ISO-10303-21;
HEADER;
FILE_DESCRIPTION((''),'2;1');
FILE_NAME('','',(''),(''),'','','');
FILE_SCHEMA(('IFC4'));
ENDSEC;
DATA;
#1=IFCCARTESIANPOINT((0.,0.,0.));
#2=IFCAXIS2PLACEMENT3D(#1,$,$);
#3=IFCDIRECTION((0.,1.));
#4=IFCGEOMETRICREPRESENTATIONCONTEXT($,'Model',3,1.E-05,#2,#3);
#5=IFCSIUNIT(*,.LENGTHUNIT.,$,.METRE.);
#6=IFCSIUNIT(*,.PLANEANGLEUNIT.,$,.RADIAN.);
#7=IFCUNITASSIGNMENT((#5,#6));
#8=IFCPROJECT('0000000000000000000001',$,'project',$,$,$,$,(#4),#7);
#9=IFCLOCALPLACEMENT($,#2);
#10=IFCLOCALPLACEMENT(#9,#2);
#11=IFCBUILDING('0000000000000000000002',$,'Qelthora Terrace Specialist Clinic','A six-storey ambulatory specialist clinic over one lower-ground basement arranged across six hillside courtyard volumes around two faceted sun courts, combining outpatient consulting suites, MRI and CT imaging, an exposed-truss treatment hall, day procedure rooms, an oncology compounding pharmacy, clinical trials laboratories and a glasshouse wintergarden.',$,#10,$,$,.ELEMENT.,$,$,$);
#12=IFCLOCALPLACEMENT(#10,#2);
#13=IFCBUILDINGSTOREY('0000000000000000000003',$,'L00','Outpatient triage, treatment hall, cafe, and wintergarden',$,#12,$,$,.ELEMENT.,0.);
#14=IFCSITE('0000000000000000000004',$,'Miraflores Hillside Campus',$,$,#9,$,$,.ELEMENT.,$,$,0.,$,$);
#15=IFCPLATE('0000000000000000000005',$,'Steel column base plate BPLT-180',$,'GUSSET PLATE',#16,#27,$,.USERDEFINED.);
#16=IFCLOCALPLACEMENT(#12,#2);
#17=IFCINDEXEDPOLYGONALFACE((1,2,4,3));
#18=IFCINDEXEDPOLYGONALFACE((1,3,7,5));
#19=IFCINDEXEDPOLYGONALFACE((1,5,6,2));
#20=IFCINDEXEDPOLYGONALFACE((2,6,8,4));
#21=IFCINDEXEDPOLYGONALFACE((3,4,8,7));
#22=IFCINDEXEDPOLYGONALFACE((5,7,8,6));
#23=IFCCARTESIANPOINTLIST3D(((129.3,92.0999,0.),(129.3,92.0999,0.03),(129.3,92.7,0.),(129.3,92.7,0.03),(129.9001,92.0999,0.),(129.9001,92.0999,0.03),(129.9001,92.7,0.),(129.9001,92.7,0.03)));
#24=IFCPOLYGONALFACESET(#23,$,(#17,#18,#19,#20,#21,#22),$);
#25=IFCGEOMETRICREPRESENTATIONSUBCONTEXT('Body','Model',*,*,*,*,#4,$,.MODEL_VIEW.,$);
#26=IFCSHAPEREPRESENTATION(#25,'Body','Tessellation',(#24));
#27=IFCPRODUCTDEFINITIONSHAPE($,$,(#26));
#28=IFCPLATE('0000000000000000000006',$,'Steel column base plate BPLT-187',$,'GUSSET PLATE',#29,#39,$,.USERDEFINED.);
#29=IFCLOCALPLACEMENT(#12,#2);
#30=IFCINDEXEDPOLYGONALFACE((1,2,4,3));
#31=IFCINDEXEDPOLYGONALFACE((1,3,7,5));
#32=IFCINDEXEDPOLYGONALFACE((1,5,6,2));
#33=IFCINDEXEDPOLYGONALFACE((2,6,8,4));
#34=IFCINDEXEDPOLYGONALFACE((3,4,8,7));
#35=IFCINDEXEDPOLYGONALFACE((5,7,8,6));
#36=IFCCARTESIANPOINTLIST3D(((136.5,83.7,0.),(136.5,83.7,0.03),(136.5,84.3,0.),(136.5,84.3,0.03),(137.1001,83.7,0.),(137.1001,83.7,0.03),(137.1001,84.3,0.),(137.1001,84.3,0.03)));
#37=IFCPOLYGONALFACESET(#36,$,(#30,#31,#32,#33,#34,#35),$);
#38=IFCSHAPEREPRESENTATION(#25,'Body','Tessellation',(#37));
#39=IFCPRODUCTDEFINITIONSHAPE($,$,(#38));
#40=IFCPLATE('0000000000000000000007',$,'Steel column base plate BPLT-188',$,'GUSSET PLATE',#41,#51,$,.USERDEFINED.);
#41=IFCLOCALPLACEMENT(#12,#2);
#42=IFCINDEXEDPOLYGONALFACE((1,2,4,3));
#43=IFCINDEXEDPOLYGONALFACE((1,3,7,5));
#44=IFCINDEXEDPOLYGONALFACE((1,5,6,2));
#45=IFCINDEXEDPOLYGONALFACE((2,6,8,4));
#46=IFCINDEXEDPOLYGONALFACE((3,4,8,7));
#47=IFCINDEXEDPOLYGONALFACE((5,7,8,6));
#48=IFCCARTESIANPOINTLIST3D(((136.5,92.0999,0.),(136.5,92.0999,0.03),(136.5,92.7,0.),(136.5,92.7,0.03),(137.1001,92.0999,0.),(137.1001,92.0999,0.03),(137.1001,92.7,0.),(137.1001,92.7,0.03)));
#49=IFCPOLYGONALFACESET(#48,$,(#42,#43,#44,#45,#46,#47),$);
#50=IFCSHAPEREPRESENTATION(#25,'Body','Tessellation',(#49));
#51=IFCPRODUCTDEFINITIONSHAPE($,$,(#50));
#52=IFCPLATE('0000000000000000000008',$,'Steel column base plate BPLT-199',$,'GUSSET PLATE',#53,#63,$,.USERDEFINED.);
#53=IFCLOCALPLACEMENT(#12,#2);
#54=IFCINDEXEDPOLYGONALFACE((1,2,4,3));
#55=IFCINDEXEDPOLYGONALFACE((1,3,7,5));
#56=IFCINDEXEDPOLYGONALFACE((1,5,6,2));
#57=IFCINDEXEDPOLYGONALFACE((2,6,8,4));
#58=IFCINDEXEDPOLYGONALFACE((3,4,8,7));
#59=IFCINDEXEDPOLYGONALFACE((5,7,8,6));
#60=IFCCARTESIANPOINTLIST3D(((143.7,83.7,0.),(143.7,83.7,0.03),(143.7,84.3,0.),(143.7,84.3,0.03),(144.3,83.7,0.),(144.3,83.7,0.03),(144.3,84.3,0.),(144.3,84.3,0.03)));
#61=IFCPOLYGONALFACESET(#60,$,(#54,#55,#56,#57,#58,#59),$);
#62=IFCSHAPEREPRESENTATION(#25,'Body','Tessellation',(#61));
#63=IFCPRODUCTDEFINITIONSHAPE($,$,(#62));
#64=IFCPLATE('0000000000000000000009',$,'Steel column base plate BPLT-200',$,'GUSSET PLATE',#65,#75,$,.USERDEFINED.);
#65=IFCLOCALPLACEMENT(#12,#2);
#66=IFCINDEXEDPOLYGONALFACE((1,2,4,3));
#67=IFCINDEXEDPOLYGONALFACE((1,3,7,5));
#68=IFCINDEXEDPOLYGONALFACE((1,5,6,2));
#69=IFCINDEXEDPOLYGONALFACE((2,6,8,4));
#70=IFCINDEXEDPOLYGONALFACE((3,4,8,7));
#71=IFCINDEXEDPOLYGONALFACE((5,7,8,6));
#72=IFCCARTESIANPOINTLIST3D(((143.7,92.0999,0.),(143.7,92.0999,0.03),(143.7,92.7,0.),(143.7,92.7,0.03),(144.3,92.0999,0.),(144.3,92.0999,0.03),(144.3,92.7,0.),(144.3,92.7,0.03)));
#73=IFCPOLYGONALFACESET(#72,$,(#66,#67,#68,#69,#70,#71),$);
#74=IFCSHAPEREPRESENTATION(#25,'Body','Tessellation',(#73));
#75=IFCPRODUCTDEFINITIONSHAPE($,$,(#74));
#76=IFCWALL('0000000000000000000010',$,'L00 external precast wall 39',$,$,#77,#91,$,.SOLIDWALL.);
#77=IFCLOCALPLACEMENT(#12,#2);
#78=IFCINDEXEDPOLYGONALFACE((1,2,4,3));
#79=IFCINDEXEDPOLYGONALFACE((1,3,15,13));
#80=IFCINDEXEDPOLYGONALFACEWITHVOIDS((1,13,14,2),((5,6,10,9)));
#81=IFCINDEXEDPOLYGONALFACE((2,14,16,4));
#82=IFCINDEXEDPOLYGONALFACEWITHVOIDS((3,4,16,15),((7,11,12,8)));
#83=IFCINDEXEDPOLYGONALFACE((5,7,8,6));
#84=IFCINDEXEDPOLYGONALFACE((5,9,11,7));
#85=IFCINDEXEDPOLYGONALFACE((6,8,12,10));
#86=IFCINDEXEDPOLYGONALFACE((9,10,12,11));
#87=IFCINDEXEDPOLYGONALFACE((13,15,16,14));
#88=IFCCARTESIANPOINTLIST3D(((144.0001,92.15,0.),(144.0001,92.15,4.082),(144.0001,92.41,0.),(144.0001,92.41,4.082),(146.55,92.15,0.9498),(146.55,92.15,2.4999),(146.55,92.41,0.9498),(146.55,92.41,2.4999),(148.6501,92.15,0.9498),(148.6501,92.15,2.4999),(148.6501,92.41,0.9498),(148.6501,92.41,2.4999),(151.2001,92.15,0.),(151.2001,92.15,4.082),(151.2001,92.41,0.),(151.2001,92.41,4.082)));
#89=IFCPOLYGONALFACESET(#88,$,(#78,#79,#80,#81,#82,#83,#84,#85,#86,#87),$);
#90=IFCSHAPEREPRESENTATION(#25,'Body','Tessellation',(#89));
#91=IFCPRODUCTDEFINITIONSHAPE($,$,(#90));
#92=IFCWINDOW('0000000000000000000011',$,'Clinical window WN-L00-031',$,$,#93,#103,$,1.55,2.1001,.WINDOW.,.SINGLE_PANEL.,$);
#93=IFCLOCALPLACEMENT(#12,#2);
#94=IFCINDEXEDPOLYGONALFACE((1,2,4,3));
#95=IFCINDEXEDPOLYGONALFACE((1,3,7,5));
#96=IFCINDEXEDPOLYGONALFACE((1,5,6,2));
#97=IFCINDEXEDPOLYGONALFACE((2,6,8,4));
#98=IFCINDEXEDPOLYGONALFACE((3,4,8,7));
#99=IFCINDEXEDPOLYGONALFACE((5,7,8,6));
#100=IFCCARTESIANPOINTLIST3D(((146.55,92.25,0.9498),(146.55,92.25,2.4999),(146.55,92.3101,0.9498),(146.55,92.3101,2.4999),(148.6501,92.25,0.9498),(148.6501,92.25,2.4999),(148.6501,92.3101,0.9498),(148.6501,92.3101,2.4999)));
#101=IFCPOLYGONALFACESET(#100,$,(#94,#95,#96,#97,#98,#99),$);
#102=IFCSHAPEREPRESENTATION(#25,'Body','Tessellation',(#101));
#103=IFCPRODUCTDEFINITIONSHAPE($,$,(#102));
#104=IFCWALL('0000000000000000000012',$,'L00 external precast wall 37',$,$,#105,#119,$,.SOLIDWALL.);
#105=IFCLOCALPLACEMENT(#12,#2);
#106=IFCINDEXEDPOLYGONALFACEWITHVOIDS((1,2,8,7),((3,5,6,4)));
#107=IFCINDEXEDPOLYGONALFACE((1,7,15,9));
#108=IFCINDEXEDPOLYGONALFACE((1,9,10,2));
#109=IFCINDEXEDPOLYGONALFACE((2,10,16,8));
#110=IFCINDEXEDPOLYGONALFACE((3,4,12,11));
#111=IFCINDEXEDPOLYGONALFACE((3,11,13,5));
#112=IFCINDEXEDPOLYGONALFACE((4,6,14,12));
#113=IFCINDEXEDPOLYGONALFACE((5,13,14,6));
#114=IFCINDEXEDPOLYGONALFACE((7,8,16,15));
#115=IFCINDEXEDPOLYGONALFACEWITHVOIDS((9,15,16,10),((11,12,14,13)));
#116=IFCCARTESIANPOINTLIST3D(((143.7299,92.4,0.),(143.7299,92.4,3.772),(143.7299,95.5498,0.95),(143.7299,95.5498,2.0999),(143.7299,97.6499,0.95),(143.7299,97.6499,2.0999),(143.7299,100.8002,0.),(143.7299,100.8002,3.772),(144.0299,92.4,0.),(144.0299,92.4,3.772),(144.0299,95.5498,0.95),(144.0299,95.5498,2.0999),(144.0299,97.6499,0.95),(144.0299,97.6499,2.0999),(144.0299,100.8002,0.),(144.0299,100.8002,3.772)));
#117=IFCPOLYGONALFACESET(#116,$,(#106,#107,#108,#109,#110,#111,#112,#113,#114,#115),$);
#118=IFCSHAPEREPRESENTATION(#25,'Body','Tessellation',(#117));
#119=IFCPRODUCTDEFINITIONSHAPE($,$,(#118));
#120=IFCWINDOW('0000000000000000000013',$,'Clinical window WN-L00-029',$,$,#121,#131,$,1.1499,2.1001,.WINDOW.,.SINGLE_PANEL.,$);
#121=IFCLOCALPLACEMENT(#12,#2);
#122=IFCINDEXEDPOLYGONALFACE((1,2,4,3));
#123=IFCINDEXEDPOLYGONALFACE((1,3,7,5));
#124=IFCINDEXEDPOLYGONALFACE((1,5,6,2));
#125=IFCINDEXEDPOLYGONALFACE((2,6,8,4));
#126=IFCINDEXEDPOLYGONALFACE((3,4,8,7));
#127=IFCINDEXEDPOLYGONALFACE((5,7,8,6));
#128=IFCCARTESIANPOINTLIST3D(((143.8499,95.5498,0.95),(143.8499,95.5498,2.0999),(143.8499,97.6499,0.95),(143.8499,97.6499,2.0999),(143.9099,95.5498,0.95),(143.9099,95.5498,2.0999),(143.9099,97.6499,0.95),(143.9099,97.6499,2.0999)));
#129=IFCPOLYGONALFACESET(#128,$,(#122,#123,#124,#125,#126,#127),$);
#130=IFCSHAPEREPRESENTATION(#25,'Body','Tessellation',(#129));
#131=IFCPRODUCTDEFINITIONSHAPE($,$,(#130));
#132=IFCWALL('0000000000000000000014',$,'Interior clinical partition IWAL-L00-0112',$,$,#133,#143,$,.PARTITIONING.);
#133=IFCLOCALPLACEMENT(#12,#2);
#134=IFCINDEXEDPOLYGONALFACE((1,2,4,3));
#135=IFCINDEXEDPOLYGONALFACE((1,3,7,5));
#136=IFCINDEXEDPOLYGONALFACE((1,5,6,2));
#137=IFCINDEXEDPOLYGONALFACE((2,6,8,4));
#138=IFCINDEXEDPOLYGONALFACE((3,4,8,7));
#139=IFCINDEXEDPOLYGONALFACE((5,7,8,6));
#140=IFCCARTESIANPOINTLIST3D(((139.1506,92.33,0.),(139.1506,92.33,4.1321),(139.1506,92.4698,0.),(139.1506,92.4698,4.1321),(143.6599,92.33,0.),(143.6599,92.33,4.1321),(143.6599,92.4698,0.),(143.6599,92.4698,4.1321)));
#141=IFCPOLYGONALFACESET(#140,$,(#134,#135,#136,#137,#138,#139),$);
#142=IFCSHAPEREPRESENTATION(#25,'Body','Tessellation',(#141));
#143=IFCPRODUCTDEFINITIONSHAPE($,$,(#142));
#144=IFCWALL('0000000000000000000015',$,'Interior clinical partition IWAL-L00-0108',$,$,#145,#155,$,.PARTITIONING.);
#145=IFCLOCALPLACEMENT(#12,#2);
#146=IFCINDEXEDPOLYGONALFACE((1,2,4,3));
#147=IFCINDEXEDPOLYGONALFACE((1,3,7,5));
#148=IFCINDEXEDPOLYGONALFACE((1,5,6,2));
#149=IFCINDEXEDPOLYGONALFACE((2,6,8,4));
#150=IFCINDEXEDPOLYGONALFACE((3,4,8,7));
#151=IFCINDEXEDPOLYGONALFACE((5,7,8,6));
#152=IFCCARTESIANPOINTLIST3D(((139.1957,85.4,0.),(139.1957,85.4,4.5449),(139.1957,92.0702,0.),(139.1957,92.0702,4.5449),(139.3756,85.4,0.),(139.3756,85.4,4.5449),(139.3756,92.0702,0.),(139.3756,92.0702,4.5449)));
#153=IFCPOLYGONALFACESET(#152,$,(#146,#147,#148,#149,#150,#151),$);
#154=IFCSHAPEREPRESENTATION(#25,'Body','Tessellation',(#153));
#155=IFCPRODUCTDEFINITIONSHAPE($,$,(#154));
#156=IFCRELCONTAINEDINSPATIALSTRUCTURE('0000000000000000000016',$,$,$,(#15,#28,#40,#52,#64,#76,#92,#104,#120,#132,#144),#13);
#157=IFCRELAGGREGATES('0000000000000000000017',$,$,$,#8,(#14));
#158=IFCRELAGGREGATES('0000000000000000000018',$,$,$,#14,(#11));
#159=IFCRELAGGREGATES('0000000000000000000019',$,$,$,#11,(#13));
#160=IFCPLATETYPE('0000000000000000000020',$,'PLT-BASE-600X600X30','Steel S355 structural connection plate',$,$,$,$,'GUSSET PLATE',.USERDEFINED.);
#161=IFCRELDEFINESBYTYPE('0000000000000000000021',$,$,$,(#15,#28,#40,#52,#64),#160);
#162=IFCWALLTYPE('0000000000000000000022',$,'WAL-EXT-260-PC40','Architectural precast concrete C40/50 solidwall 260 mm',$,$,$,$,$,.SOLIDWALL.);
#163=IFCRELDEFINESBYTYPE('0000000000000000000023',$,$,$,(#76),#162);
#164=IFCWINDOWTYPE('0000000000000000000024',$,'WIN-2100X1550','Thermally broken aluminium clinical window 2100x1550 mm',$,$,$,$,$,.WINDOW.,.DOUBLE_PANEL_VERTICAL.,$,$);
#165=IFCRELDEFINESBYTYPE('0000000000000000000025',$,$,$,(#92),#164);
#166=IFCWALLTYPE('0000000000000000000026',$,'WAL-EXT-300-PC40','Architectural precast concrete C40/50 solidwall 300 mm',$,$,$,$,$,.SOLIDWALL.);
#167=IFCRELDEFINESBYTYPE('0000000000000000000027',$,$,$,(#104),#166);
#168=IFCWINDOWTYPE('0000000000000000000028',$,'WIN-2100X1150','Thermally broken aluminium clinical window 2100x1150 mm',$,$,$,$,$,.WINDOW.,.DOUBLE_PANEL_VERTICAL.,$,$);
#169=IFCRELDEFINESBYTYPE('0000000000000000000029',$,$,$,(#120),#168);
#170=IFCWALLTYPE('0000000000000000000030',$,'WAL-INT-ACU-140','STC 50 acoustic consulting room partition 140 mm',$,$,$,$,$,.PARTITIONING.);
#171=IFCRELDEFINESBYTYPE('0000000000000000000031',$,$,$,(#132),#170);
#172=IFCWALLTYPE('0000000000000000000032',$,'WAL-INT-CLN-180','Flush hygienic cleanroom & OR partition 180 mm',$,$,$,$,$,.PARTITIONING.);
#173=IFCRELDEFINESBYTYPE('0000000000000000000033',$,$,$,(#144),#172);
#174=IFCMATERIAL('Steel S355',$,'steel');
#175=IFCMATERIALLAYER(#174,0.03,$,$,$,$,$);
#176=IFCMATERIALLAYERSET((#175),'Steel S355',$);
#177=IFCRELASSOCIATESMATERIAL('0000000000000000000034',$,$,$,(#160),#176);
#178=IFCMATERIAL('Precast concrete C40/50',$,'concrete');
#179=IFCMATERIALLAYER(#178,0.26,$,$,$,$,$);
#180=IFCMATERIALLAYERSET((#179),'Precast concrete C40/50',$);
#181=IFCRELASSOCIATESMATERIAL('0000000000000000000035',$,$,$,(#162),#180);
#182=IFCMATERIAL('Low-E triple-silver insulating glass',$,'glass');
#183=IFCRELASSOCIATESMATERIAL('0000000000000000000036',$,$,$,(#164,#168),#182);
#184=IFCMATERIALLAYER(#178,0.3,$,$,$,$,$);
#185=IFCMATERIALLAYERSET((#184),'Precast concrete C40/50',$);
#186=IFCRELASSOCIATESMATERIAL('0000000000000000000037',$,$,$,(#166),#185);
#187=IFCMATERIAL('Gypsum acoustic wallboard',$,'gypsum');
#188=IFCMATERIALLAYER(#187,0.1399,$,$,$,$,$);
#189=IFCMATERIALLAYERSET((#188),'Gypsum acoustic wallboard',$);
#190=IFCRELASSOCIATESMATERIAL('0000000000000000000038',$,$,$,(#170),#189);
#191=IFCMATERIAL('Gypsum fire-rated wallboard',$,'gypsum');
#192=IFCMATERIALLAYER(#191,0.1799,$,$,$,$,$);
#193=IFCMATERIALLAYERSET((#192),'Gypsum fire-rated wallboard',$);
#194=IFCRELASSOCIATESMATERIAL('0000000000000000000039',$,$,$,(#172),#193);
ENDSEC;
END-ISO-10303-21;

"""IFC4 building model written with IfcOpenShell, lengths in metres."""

from ifc_helpers import new_model, si_unit, direction, frame, frame_2d, origin, origin_2d, place, context, subcontext, project, spatial, rectangle, extrude, material, layer, layer_set, type_object, element, fill, save


model = new_model("IFC4")

# Units and contexts
model_context = context("Model", 3, precision=1e-05, world=origin(), true_north=direction((0.0, 1.0)))
body_context = subcontext(model_context, "Body", "Model", "MODEL_VIEW")
ifc_project = project(units=[si_unit("LENGTHUNIT", "METRE"), si_unit("PLANEANGLEUNIT", "RADIAN")], contexts=[model_context])

# Site, building, storey
site_placement = place(None, origin())
site = spatial("IfcSite", under=ifc_project, at=site_placement, Name="Miraflores Hillside Campus", CompositionType="ELEMENT", RefElevation=0.0)
building_placement = place(site_placement, origin())
building = spatial("IfcBuilding", under=site, at=building_placement, Name="Qelthora Terrace Specialist Clinic", Description="A six-storey ambulatory specialist clinic over one lower-ground basement arranged across six hillside courtyard volumes around two faceted sun courts, combining outpatient consulting suites, MRI and CT imaging, an exposed-truss treatment hall, day procedure rooms, an oncology compounding pharmacy, clinical trials laboratories and a glasshouse wintergarden.", CompositionType="ELEMENT")
storey_placement = place(building_placement, origin())
storey = spatial("IfcBuildingStorey", under=building, at=storey_placement, Name="L00", Description="Outpatient triage, treatment hall, cafe, and wintergarden", CompositionType="ELEMENT", Elevation=0.0)

# Shared definitions
ifc_material_1 = material(Name="Steel S355", Category="steel")

# Plates
ifc_layer_1 = layer(ifc_material_1, 0.03)
ifc_layer_set_1 = layer_set([ifc_layer_1], Name="Steel S355")
plate_type = type_object("IfcPlateType", Name="PLT-BASE-600X600X30", Description="Steel S355 structural connection plate", ElementType="GUSSET PLATE", PredefinedType="USERDEFINED", material=ifc_layer_set_1)
for number, where, z_axis, x_axis, name in (
    (1, (129.6001, 92.3999, 0.0), (0.0, 0.0, 1.0), (1.0, 0.0, 0.0), "Steel column base plate BPLT-180"),
    (2, (136.8, 84.0, 0.0), (0.0, 0.0, 1.0), (1.0, 0.0, 0.0), "Steel column base plate BPLT-187"),
    (3, (136.8, 92.3999, 0.0), (0.0, 0.0, 1.0), (1.0, 0.0, 0.0), "Steel column base plate BPLT-188"),
    (4, (144.0, 84.0, 0.0), (0.0, 0.0, 1.0), (1.0, 0.0, 0.0), "Steel column base plate BPLT-199"),
    (5, (144.0, 92.3999, 0.0), (0.0, 0.0, 1.0), (1.0, 0.0, 0.0), "Steel column base plate BPLT-200"),
):
    element("IfcPlate", number, at=place(storey_placement, frame(where, z_axis=z_axis, x_axis=x_axis)), inside=storey, type_object=plate_type, Name=name, ObjectType="GUSSET PLATE", PredefinedType="USERDEFINED", context=body_context, shape_type="SweptSolid", body=[
        extrude(rectangle(XDim=0.6001, YDim=0.6001, at=origin_2d()), origin(), (0.0, 0.0, 1.0), 0.03),
    ])

# Walls, openings, windows
ifc_material_2 = material(Name="Precast concrete C40/50", Category="concrete")
ifc_layer_2 = layer(ifc_material_2, 0.26)
ifc_layer_set_2 = layer_set([ifc_layer_2], Name="Precast concrete C40/50")
wall_type_1 = type_object("IfcWallType", Name="WAL-EXT-260-PC40", Description="Architectural precast concrete C40/50 solidwall 260 mm", PredefinedType="SOLIDWALL", material=ifc_layer_set_2)
wall_1_placement = place(storey_placement, frame((144.0, 92.28, 0.0), z_axis=(0.0, 0.0, 1.0), x_axis=(1.0, 0.0, 0.0)))
wall_1 = element("IfcWall", 6, at=wall_1_placement, inside=storey, type_object=wall_type_1, Name="L00 external precast wall 39", PredefinedType="SOLIDWALL", context=body_context, shape_type="SweptSolid", body=[
    extrude(rectangle(XDim=7.2, YDim=0.26, at=frame_2d((3.6001, 0.0))), origin(), (0.0, 0.0, 1.0), 4.082),
])
opening_1_placement = place(wall_1_placement, frame((2.55, 0.0, 0.95)))
opening_1 = element("IfcOpeningElement", 7, at=opening_1_placement, cuts=wall_1, PredefinedType="OPENING", context=body_context, shape_type="SweptSolid", body=[
    extrude(rectangle(XDim=2.1001, YDim=1.55, at=frame_2d((1.05, 0.7749))), frame((0.0, 0.1399, 0.0), z_axis=(0.0, -1.0, 0.0), x_axis=(1.0, 0.0, 0.0)), (0.0, 0.0, 1.0), 0.28),
])
ifc_material_3 = material(Name="Low-E triple-silver insulating glass", Category="glass")
window_type_1 = type_object("IfcWindowType", Name="WIN-2100X1550", Description="Thermally broken aluminium clinical window 2100x1550 mm", PartitioningType="DOUBLE_PANEL_VERTICAL", PredefinedType="WINDOW", material=ifc_material_3)
window_1_placement = place(opening_1_placement, origin())
window_1 = element("IfcWindow", 8, at=window_1_placement, inside=storey, type_object=window_type_1, Name="Clinical window WN-L00-031", OverallHeight=1.55, OverallWidth=2.1001, PartitioningType="SINGLE_PANEL", PredefinedType="WINDOW", context=body_context, shape_type="SweptSolid", body=[
    extrude(rectangle(XDim=2.1001, YDim=1.55, at=frame_2d((1.05, 0.7749))), frame((0.0, 0.03, 0.0), z_axis=(0.0, -1.0, 0.0), x_axis=(1.0, 0.0, 0.0)), (0.0, 0.0, 1.0), 0.0601),
])
fill(opening_1, window_1)
ifc_layer_3 = layer(ifc_material_2, 0.3)
ifc_layer_set_3 = layer_set([ifc_layer_3], Name="Precast concrete C40/50")
wall_type_2 = type_object("IfcWallType", Name="WAL-EXT-300-PC40", Description="Architectural precast concrete C40/50 solidwall 300 mm", PredefinedType="SOLIDWALL", material=ifc_layer_set_3)
wall_2_placement = place(storey_placement, frame((143.8799, 92.3999, 0.0), z_axis=(0.0, 0.0, 1.0), x_axis=(0.0, 1.0, 0.0)))
wall_2 = element("IfcWall", 9, at=wall_2_placement, inside=storey, type_object=wall_type_2, Name="L00 external precast wall 37", PredefinedType="SOLIDWALL", context=body_context, shape_type="SweptSolid", body=[
    extrude(rectangle(XDim=8.4001, YDim=0.3, at=frame_2d((4.2002, 0.0))), origin(), (0.0, 0.0, 1.0), 3.772),
])
opening_2_placement = place(wall_2_placement, frame((3.1499, 0.0, 0.95)))
opening_2 = element("IfcOpeningElement", 10, at=opening_2_placement, cuts=wall_2, PredefinedType="OPENING", context=body_context, shape_type="SweptSolid", body=[
    extrude(rectangle(XDim=2.1001, YDim=1.1499, at=frame_2d((1.05, 0.575))), frame((0.0, 0.1599, 0.0), z_axis=(0.0, -1.0, 0.0), x_axis=(1.0, 0.0, 0.0)), (0.0, 0.0, 1.0), 0.3201),
])
window_type_2 = type_object("IfcWindowType", Name="WIN-2100X1150", Description="Thermally broken aluminium clinical window 2100x1150 mm", PartitioningType="DOUBLE_PANEL_VERTICAL", PredefinedType="WINDOW", material=ifc_material_3)
window_2_placement = place(opening_2_placement, origin())
window_2 = element("IfcWindow", 11, at=window_2_placement, inside=storey, type_object=window_type_2, Name="Clinical window WN-L00-029", OverallHeight=1.1499, OverallWidth=2.1001, PartitioningType="SINGLE_PANEL", PredefinedType="WINDOW", context=body_context, shape_type="SweptSolid", body=[
    extrude(rectangle(XDim=2.1001, YDim=1.1499, at=frame_2d((1.05, 0.575))), frame((0.0, 0.03, 0.0), z_axis=(0.0, -1.0, 0.0), x_axis=(1.0, 0.0, 0.0)), (0.0, 0.0, 1.0), 0.0601),
])
fill(opening_2, window_2)

# Walls
ifc_material_4 = material(Name="Gypsum acoustic wallboard", Category="gypsum")
ifc_layer_4 = layer(ifc_material_4, 0.1399)
ifc_layer_set_4 = layer_set([ifc_layer_4], Name="Gypsum acoustic wallboard")
wall_type_3 = type_object("IfcWallType", Name="WAL-INT-ACU-140", Description="STC 50 acoustic consulting room partition 140 mm", PredefinedType="PARTITIONING", material=ifc_layer_set_4)
wall_3_placement = place(storey_placement, frame((139.1506, 92.3999, 0.0), z_axis=(0.0, 0.0, 1.0), x_axis=(1.0, 0.0, 0.0)))
element("IfcWall", 12, at=wall_3_placement, inside=storey, type_object=wall_type_3, Name="Interior clinical partition IWAL-L00-0112", PredefinedType="PARTITIONING", context=body_context, shape_type="SweptSolid", body=[
    extrude(rectangle(XDim=4.5093, YDim=0.1399, at=frame_2d((2.2546, 0.0))), origin(), (0.0, 0.0, 1.0), 4.1321),
])
ifc_material_5 = material(Name="Gypsum fire-rated wallboard", Category="gypsum")
ifc_layer_5 = layer(ifc_material_5, 0.1799)
ifc_layer_set_5 = layer_set([ifc_layer_5], Name="Gypsum fire-rated wallboard")
wall_type_4 = type_object("IfcWallType", Name="WAL-INT-CLN-180", Description="Flush hygienic cleanroom & OR partition 180 mm", PredefinedType="PARTITIONING", material=ifc_layer_set_5)
wall_4_placement = place(storey_placement, frame((139.2856, 92.0701, 0.0), z_axis=(0.0, 0.0, 1.0), x_axis=(0.0, -1.0, 0.0)))
element("IfcWall", 13, at=wall_4_placement, inside=storey, type_object=wall_type_4, Name="Interior clinical partition IWAL-L00-0108", PredefinedType="PARTITIONING", context=body_context, shape_type="SweptSolid", body=[
    extrude(rectangle(XDim=6.6702, YDim=0.1799, at=frame_2d((3.335, 0.0))), origin(), (0.0, 0.0, 1.0), 4.5449),
])

save(model, "model.ifc")
